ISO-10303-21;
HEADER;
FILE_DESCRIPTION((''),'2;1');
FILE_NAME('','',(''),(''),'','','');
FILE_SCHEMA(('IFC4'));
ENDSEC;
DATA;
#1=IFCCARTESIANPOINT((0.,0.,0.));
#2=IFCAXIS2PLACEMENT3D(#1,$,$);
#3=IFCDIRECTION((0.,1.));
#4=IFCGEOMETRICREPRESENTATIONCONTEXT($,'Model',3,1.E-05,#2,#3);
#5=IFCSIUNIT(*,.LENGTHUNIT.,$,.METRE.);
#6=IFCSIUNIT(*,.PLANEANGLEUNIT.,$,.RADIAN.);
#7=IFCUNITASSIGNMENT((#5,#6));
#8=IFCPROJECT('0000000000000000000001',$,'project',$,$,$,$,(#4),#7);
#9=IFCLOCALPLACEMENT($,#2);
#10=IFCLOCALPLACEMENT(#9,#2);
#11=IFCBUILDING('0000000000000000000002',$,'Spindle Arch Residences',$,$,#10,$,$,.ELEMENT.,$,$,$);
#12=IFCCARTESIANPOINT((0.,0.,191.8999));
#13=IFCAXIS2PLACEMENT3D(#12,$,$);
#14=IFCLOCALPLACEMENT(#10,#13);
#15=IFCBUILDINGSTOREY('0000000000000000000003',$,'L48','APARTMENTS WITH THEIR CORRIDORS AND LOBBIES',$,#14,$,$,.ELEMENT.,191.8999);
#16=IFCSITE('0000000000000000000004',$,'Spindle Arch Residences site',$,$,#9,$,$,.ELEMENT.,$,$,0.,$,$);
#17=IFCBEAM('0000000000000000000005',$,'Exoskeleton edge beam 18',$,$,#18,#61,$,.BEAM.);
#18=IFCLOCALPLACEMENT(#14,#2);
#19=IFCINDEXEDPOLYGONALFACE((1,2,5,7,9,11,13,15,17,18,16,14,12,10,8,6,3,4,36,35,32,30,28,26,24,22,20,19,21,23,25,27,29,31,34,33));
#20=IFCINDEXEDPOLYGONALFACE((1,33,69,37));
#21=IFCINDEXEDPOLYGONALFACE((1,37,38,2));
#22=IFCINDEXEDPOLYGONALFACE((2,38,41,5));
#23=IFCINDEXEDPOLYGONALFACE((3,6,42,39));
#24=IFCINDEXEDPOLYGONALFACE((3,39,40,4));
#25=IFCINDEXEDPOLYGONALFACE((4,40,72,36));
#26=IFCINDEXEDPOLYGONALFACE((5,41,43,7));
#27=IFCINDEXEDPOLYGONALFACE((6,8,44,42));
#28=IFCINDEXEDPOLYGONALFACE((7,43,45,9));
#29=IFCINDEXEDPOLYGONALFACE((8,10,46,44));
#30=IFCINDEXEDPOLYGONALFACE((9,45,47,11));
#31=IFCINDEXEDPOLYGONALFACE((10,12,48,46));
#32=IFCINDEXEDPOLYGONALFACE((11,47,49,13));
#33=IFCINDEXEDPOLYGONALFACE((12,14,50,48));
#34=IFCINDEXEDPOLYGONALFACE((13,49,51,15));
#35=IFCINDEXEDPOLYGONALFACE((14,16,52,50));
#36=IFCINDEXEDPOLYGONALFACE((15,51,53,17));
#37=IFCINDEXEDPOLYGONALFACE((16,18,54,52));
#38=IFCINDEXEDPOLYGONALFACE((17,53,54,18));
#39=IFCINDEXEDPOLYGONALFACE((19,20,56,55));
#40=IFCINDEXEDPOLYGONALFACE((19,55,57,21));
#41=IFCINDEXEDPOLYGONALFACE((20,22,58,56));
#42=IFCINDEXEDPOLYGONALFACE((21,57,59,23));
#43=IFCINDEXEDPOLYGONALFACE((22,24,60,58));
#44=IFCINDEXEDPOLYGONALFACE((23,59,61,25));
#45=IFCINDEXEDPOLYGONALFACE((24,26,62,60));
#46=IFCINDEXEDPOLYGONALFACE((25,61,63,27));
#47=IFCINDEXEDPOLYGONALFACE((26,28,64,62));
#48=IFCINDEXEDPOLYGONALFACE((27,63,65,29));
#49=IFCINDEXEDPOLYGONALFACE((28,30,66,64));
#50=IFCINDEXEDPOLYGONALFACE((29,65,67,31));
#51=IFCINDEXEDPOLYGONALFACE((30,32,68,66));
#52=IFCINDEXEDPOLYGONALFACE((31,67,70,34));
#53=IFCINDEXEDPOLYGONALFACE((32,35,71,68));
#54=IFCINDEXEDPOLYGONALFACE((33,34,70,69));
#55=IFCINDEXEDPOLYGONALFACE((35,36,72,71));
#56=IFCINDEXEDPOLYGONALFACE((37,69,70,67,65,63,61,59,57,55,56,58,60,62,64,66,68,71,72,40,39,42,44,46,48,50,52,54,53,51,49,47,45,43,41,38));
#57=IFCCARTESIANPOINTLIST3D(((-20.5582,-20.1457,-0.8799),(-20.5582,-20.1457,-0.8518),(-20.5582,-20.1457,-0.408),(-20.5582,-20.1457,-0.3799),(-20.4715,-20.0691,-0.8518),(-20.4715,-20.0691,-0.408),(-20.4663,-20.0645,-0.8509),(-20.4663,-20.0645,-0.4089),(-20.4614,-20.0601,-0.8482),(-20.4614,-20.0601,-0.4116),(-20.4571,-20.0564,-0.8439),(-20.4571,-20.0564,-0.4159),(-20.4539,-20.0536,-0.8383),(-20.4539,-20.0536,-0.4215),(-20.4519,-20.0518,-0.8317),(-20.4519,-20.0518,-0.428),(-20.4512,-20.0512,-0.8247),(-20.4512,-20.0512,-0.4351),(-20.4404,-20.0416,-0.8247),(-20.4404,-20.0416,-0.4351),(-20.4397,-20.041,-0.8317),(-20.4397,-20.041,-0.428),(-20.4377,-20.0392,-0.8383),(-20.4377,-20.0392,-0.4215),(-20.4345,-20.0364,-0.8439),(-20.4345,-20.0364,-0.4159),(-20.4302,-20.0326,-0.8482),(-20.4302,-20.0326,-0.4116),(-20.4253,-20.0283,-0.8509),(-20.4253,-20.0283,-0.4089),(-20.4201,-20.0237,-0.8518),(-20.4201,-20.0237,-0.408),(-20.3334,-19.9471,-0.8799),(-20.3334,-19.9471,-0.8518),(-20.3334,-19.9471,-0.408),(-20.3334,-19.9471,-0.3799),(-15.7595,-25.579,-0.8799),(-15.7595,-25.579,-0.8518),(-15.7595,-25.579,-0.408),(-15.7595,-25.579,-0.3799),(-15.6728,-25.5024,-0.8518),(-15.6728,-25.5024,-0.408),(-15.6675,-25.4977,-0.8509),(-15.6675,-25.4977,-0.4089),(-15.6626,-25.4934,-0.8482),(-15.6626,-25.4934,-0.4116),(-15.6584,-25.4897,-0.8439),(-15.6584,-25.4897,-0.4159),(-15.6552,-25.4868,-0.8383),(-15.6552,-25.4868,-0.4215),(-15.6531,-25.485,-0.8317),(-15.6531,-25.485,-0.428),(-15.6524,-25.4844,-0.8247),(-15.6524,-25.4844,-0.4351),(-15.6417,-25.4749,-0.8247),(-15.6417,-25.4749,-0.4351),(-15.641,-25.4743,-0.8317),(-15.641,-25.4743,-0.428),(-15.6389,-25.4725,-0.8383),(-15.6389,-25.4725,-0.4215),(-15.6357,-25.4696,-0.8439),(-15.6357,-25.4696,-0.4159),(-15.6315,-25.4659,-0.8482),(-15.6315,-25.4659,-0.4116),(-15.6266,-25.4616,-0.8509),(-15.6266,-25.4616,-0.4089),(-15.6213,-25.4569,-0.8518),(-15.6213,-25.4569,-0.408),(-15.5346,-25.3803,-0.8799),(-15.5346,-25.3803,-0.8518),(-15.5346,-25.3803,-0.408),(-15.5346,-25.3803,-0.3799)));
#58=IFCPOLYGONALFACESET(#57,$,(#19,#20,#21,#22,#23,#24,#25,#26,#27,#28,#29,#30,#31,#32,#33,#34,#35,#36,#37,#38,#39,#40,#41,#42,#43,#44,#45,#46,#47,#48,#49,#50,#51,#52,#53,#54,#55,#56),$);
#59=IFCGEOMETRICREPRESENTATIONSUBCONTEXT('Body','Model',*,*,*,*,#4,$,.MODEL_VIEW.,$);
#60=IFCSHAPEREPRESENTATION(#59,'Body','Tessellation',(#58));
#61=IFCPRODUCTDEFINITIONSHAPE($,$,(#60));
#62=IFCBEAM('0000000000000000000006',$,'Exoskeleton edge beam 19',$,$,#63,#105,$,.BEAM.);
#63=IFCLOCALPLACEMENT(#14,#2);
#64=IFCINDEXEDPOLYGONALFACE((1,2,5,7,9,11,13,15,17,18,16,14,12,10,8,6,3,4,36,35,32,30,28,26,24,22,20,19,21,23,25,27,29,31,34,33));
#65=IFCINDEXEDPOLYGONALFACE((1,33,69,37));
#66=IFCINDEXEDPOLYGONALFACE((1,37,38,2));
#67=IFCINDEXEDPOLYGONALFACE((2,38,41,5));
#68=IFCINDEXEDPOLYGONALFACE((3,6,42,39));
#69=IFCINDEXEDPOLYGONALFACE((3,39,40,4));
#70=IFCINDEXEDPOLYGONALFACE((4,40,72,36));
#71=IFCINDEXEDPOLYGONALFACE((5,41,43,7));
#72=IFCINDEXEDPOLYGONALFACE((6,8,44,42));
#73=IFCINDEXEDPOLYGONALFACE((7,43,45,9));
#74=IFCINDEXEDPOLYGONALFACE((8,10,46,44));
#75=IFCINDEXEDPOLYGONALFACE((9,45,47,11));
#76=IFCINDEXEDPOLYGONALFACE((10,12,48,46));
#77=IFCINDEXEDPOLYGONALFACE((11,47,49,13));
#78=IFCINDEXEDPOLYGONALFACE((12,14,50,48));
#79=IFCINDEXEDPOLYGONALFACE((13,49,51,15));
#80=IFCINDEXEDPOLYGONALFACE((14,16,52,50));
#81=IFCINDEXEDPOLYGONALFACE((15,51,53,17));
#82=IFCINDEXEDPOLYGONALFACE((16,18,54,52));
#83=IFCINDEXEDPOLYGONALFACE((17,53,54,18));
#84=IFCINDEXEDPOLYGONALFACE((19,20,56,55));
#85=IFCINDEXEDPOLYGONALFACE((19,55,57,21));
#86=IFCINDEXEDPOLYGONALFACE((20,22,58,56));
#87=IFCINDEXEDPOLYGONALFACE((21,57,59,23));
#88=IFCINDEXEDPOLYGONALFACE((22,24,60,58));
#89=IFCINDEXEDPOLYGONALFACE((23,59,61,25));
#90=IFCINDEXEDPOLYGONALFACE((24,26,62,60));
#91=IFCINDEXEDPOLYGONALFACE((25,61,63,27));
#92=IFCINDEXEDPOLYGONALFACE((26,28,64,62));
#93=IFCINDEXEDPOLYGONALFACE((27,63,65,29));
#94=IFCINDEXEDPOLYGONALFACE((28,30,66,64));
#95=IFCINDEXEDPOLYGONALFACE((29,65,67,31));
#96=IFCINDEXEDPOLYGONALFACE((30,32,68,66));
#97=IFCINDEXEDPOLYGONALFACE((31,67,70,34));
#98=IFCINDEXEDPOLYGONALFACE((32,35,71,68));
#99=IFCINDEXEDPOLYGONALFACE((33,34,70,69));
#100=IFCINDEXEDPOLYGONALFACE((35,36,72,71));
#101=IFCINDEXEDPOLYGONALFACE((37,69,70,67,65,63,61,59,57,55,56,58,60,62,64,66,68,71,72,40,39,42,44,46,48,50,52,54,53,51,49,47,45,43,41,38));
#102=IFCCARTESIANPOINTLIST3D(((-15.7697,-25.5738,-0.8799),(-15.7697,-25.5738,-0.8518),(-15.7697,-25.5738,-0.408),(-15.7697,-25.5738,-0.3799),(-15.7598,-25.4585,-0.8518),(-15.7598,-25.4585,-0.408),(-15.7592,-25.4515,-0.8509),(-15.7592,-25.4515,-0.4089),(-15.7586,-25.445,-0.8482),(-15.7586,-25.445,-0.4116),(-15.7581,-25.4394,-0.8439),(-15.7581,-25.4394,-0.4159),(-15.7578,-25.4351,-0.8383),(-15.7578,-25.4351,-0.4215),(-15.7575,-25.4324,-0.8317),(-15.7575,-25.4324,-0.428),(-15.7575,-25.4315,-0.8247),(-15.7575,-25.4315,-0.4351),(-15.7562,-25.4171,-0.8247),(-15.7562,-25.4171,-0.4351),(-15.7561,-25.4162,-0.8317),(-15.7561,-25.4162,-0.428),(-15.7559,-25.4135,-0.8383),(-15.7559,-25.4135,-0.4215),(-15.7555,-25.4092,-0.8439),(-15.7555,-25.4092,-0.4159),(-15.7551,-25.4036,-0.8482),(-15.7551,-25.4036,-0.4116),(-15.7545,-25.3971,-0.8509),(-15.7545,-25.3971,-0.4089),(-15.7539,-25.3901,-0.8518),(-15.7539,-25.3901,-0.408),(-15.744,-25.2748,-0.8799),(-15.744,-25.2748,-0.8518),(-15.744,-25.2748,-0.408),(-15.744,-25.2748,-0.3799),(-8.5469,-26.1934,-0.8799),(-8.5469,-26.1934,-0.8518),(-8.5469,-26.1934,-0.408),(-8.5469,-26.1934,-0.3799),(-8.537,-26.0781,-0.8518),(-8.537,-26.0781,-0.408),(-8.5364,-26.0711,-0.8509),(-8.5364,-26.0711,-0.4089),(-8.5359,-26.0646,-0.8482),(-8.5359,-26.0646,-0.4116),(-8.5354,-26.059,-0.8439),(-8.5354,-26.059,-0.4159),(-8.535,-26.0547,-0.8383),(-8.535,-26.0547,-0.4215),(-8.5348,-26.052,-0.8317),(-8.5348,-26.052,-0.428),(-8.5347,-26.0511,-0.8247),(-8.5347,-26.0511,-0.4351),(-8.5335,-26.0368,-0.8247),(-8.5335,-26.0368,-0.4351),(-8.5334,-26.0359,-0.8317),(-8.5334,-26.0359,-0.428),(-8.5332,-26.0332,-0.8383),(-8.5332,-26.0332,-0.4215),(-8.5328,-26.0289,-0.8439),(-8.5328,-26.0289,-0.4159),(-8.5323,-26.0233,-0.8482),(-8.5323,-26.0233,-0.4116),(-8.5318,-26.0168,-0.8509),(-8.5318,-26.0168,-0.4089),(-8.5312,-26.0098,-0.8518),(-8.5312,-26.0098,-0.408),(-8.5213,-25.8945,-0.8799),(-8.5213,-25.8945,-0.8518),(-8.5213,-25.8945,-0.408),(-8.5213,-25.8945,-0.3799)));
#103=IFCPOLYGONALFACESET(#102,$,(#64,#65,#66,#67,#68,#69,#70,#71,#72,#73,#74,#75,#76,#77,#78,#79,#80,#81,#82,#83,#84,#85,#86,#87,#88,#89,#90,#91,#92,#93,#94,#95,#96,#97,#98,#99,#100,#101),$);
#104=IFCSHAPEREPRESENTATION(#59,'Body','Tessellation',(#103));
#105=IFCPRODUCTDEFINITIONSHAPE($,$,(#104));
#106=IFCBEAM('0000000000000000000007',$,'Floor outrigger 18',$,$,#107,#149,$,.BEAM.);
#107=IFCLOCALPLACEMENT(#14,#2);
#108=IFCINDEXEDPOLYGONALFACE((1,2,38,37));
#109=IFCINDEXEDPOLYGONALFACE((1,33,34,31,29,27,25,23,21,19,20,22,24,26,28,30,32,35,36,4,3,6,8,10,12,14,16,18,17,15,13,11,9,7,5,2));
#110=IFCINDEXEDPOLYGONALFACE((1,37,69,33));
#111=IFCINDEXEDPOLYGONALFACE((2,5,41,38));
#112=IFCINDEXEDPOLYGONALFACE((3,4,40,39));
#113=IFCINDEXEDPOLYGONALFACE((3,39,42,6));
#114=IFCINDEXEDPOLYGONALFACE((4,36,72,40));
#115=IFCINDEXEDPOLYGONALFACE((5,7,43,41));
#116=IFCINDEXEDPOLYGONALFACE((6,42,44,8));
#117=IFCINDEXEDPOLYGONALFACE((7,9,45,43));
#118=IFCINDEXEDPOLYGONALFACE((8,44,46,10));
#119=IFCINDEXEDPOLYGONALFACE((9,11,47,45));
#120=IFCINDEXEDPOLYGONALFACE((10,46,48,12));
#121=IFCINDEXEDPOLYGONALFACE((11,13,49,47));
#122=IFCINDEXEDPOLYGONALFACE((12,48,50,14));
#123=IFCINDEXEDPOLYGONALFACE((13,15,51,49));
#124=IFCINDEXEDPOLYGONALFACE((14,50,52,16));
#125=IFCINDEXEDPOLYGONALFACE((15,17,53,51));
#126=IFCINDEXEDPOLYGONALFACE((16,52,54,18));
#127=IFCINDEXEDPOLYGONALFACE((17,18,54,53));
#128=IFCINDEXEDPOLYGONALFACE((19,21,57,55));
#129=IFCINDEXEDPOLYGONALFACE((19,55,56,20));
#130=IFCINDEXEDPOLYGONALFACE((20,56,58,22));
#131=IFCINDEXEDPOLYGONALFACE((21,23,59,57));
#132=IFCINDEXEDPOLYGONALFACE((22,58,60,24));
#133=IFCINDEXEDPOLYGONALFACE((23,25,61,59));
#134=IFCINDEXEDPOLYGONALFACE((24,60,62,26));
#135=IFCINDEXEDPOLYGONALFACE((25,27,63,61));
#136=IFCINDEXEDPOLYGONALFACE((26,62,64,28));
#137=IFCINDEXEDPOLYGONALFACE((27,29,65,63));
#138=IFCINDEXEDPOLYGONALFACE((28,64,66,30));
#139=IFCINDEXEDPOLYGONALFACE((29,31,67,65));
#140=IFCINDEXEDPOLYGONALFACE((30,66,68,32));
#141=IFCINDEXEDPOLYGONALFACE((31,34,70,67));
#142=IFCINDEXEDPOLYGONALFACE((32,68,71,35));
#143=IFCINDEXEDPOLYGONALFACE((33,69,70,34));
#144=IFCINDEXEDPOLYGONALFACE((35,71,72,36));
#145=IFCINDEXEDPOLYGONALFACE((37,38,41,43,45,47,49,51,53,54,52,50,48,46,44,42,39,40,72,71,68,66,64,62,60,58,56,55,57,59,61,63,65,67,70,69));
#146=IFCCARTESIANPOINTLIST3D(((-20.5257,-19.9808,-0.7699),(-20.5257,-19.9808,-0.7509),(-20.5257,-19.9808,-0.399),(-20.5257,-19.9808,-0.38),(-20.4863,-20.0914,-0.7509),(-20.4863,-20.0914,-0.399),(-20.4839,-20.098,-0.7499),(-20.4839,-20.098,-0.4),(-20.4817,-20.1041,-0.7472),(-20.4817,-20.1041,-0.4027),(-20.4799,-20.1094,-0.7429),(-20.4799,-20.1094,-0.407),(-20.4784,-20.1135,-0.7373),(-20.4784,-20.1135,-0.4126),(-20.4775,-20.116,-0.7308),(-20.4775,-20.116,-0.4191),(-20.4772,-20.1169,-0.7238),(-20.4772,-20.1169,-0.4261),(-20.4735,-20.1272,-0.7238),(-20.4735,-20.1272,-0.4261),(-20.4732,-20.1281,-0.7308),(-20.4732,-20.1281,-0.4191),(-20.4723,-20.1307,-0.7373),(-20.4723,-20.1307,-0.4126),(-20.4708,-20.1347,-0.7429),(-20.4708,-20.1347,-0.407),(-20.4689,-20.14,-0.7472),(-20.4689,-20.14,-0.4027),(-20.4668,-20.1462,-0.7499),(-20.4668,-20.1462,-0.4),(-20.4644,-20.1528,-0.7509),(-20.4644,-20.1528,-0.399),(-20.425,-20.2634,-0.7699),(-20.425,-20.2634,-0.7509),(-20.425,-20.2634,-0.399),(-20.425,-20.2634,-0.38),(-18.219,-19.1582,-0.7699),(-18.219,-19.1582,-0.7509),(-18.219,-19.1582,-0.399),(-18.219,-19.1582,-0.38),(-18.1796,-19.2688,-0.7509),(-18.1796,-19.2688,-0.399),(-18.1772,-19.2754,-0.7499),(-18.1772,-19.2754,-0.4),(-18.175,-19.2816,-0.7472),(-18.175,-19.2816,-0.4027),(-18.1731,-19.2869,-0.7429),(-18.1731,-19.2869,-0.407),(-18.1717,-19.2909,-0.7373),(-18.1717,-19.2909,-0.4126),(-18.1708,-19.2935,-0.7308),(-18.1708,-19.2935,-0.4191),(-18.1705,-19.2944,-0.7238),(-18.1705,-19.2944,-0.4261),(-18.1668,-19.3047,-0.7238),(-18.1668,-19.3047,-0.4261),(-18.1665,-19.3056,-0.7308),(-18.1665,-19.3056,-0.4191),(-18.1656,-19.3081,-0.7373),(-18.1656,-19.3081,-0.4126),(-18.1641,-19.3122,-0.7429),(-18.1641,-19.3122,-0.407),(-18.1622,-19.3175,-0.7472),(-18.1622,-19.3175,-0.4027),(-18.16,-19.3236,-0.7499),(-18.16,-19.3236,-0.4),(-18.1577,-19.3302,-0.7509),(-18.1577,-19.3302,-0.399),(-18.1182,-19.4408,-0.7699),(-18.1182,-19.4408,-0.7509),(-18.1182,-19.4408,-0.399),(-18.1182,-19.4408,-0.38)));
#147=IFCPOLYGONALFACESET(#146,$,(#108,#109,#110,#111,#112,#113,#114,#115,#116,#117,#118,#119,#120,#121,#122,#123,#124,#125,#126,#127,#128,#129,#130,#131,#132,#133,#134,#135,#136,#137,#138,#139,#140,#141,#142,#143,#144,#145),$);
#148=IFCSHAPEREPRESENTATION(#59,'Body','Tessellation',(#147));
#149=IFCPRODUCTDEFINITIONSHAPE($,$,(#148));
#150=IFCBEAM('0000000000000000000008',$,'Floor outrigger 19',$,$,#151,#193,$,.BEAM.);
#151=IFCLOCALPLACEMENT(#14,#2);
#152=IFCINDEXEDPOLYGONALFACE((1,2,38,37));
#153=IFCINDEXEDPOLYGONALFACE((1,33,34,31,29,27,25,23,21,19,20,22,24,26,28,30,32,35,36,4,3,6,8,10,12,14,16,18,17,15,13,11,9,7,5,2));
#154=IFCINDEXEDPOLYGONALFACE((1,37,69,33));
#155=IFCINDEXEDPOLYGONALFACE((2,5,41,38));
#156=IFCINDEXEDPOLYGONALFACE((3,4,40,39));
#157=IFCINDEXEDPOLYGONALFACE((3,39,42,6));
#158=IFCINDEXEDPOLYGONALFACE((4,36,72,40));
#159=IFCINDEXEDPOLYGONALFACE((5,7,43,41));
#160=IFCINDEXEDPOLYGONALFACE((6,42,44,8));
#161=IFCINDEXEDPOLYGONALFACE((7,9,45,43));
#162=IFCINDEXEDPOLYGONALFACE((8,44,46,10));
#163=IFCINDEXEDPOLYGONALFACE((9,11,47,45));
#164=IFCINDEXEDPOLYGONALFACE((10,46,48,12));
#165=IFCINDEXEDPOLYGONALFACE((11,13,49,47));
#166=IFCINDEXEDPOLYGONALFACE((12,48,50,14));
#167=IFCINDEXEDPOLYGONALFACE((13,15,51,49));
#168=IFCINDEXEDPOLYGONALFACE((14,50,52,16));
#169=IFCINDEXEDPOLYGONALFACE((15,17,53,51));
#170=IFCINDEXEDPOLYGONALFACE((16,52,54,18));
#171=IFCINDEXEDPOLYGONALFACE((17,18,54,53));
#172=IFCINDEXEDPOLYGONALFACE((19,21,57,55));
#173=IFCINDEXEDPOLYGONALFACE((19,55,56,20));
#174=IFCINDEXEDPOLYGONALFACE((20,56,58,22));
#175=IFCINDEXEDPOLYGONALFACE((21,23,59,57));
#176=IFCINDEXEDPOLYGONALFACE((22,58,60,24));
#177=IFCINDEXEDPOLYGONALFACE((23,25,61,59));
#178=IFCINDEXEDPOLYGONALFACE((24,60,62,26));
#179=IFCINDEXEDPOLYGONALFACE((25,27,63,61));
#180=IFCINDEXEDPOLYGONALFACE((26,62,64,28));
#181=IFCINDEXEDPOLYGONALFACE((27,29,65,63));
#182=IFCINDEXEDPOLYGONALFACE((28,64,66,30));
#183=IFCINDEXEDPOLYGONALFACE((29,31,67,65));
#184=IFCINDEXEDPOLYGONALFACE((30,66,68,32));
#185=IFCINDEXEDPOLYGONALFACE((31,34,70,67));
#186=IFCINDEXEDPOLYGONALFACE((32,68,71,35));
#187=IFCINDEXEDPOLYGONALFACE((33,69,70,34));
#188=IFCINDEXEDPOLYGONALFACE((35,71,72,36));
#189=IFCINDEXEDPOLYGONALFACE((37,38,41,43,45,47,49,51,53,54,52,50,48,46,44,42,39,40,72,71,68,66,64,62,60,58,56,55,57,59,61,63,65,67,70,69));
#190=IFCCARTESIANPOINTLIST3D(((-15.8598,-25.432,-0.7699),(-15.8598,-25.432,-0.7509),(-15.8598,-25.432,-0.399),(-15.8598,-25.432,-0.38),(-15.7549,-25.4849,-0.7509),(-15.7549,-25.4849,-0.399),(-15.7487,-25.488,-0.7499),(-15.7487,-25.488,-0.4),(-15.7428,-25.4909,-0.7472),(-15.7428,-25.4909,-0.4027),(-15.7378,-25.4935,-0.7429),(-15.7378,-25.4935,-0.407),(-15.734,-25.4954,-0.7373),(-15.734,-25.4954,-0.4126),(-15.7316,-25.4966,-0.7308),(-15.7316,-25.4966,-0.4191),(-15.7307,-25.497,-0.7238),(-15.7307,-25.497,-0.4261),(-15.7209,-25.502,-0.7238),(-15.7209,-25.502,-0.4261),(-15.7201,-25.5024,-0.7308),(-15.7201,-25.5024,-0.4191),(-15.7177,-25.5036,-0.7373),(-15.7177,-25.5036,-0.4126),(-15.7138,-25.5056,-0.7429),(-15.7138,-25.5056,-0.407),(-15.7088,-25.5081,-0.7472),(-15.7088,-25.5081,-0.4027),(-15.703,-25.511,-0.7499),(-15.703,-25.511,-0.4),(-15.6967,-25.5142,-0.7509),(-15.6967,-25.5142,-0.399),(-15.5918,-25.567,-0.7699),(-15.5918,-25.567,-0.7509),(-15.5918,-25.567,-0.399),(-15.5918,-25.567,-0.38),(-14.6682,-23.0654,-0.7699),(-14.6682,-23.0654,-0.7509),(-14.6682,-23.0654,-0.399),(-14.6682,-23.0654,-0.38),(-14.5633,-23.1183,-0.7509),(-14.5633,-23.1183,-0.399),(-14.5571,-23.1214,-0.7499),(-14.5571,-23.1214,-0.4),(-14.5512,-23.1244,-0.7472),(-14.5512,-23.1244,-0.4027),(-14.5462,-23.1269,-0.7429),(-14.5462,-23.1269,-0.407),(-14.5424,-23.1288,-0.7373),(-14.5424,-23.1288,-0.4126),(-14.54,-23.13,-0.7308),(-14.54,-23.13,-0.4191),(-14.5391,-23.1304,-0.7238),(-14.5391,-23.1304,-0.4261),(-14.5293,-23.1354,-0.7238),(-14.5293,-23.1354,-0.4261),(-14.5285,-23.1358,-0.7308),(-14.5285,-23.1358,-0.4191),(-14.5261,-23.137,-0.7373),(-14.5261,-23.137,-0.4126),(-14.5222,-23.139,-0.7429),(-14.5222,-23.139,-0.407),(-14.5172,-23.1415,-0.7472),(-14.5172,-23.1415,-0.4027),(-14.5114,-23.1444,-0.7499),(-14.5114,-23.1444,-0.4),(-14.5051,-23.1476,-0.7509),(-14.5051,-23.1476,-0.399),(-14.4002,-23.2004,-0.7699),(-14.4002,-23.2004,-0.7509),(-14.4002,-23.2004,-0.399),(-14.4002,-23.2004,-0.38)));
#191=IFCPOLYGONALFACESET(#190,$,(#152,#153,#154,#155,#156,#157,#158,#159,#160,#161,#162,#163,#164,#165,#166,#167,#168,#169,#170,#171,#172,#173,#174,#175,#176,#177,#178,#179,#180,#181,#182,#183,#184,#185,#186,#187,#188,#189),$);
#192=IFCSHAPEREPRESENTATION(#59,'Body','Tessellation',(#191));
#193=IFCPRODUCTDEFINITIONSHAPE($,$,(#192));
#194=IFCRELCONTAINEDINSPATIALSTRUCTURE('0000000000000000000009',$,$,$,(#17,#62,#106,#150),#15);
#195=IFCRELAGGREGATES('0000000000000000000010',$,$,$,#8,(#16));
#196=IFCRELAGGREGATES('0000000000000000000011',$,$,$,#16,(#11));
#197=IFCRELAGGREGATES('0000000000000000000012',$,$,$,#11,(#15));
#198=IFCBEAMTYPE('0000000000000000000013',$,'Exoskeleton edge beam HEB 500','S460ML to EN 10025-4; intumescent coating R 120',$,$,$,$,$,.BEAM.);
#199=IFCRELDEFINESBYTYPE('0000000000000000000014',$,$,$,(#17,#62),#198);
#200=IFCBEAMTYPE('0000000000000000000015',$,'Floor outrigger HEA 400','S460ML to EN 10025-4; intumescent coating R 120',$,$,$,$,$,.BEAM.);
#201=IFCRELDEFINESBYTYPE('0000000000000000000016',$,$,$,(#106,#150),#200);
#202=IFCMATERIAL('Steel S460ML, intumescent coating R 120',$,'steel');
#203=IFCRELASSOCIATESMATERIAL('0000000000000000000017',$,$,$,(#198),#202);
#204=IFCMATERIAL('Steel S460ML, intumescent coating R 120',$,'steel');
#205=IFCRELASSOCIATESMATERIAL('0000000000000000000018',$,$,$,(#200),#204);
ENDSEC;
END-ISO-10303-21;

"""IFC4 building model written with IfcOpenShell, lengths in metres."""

from ifc_helpers import new_model, si_unit, direction, frame, origin, origin_2d, place, context, subcontext, project, spatial, i_section, extrude, material, material_profile, profile_set, type_object, element, save


model = new_model("IFC4")

# Units and contexts
model_context = context("Model", 3, precision=1e-05, world=origin(), true_north=direction((0.0, 1.0)))
body_context = subcontext(model_context, "Body", "Model", "MODEL_VIEW")
ifc_project = project(units=[si_unit("LENGTHUNIT", "METRE"), si_unit("PLANEANGLEUNIT", "RADIAN")], contexts=[model_context])

# Site, building, storey
site_placement = place(None, origin())
site = spatial("IfcSite", under=ifc_project, at=site_placement, Name="Spindle Arch Residences site", CompositionType="ELEMENT", RefElevation=0.0)
building_placement = place(site_placement, origin())
building = spatial("IfcBuilding", under=site, at=building_placement, Name="Spindle Arch Residences", CompositionType="ELEMENT")
storey_placement = place(building_placement, frame((0.0, 0.0, 191.8999)))
storey = spatial("IfcBuildingStorey", under=building, at=storey_placement, Name="L48", Description="APARTMENTS WITH THEIR CORRIDORS AND LOBBIES", CompositionType="ELEMENT", Elevation=191.8999)

# Beams
ifc_material_1 = material(Name="Steel S460ML, intumescent coating R 120", Category="steel")
ifc_material_profile_1 = material_profile(ifc_material_1, i_section(OverallWidth=0.3, OverallDepth=0.5, WebThickness=0.0144, FlangeThickness=0.0281, FilletRadius=0.0271, at=origin_2d()), Name="HEB 500")
ifc_profile_set_1 = profile_set([ifc_material_profile_1], Name="Steel S460ML, intumescent coating R 120")
beam_type_1 = type_object("IfcBeamType", Name="Exoskeleton edge beam HEB 500", Description="S460ML to EN 10025-4; intumescent coating R 120", PredefinedType="BEAM", material=ifc_profile_set_1)
beam_1_placement = place(storey_placement, frame((-20.4458, -20.0464, -0.6299), z_axis=(0.661986, -0.749516, 0.0), x_axis=(0.749516, 0.661986, 0.0)))
element("IfcBeam", 1, at=beam_1_placement, inside=storey, type_object=beam_type_1, Name="Exoskeleton edge beam 18", PredefinedType="BEAM", context=body_context, shape_type="SweptSolid", body=[
    extrude(i_section(OverallWidth=0.3, OverallDepth=0.5, WebThickness=0.0144, FlangeThickness=0.0281, FilletRadius=0.0271, at=origin_2d()), origin(), (0.0, 0.0, 1.0), 7.249),
])
beam_2_placement = place(storey_placement, frame((-15.7568, -25.4243, -0.6299), z_axis=(0.99634, -0.085476, 0.0), x_axis=(0.085476, 0.99634, 0.0)))
element("IfcBeam", 2, at=beam_2_placement, inside=storey, type_object=beam_type_1, Name="Exoskeleton edge beam 19", PredefinedType="BEAM", context=body_context, shape_type="SweptSolid", body=[
    extrude(i_section(OverallWidth=0.3, OverallDepth=0.5, WebThickness=0.0144, FlangeThickness=0.0281, FilletRadius=0.0271, at=origin_2d()), origin(), (0.0, 0.0, 1.0), 7.2493),
])
ifc_material_2 = material(Name="Steel S460ML, intumescent coating R 120", Category="steel")
ifc_material_profile_2 = material_profile(ifc_material_2, i_section(OverallWidth=0.3, OverallDepth=0.3899, WebThickness=0.011, FlangeThickness=0.019, FilletRadius=0.0271, at=origin_2d()), Name="HEA 400")
ifc_profile_set_2 = profile_set([ifc_material_profile_2], Name="Steel S460ML, intumescent coating R 120")
beam_type_2 = type_object("IfcBeamType", Name="Floor outrigger HEA 400", Description="S460ML to EN 10025-4; intumescent coating R 120", PredefinedType="BEAM", material=ifc_profile_set_2)
beam_3_placement = place(storey_placement, frame((-20.4753, -20.1221, -0.575), z_axis=(0.941909, 0.335869, 0.0), x_axis=(-0.335869, 0.941909, 0.0)))
element("IfcBeam", 3, at=beam_3_placement, inside=storey, type_object=beam_type_2, Name="Floor outrigger 18", PredefinedType="BEAM", context=body_context, shape_type="SweptSolid", body=[
    extrude(i_section(OverallWidth=0.3, OverallDepth=0.3899, WebThickness=0.011, FlangeThickness=0.019, FilletRadius=0.0271, at=origin_2d()), origin(), (0.0, 0.0, 1.0), 2.449),
])
beam_4_placement = place(storey_placement, frame((-15.7258, -25.4995, -0.575), z_axis=(0.449718, 0.893171, 0.0), x_axis=(-0.893171, 0.449718, 0.0)))
element("IfcBeam", 4, at=beam_4_placement, inside=storey, type_object=beam_type_2, Name="Floor outrigger 19", PredefinedType="BEAM", context=body_context, shape_type="SweptSolid", body=[
    extrude(i_section(OverallWidth=0.3, OverallDepth=0.3899, WebThickness=0.011, FlangeThickness=0.019, FilletRadius=0.0271, at=origin_2d()), origin(), (0.0, 0.0, 1.0), 2.6497),
])

save(model, "model.ifc")
